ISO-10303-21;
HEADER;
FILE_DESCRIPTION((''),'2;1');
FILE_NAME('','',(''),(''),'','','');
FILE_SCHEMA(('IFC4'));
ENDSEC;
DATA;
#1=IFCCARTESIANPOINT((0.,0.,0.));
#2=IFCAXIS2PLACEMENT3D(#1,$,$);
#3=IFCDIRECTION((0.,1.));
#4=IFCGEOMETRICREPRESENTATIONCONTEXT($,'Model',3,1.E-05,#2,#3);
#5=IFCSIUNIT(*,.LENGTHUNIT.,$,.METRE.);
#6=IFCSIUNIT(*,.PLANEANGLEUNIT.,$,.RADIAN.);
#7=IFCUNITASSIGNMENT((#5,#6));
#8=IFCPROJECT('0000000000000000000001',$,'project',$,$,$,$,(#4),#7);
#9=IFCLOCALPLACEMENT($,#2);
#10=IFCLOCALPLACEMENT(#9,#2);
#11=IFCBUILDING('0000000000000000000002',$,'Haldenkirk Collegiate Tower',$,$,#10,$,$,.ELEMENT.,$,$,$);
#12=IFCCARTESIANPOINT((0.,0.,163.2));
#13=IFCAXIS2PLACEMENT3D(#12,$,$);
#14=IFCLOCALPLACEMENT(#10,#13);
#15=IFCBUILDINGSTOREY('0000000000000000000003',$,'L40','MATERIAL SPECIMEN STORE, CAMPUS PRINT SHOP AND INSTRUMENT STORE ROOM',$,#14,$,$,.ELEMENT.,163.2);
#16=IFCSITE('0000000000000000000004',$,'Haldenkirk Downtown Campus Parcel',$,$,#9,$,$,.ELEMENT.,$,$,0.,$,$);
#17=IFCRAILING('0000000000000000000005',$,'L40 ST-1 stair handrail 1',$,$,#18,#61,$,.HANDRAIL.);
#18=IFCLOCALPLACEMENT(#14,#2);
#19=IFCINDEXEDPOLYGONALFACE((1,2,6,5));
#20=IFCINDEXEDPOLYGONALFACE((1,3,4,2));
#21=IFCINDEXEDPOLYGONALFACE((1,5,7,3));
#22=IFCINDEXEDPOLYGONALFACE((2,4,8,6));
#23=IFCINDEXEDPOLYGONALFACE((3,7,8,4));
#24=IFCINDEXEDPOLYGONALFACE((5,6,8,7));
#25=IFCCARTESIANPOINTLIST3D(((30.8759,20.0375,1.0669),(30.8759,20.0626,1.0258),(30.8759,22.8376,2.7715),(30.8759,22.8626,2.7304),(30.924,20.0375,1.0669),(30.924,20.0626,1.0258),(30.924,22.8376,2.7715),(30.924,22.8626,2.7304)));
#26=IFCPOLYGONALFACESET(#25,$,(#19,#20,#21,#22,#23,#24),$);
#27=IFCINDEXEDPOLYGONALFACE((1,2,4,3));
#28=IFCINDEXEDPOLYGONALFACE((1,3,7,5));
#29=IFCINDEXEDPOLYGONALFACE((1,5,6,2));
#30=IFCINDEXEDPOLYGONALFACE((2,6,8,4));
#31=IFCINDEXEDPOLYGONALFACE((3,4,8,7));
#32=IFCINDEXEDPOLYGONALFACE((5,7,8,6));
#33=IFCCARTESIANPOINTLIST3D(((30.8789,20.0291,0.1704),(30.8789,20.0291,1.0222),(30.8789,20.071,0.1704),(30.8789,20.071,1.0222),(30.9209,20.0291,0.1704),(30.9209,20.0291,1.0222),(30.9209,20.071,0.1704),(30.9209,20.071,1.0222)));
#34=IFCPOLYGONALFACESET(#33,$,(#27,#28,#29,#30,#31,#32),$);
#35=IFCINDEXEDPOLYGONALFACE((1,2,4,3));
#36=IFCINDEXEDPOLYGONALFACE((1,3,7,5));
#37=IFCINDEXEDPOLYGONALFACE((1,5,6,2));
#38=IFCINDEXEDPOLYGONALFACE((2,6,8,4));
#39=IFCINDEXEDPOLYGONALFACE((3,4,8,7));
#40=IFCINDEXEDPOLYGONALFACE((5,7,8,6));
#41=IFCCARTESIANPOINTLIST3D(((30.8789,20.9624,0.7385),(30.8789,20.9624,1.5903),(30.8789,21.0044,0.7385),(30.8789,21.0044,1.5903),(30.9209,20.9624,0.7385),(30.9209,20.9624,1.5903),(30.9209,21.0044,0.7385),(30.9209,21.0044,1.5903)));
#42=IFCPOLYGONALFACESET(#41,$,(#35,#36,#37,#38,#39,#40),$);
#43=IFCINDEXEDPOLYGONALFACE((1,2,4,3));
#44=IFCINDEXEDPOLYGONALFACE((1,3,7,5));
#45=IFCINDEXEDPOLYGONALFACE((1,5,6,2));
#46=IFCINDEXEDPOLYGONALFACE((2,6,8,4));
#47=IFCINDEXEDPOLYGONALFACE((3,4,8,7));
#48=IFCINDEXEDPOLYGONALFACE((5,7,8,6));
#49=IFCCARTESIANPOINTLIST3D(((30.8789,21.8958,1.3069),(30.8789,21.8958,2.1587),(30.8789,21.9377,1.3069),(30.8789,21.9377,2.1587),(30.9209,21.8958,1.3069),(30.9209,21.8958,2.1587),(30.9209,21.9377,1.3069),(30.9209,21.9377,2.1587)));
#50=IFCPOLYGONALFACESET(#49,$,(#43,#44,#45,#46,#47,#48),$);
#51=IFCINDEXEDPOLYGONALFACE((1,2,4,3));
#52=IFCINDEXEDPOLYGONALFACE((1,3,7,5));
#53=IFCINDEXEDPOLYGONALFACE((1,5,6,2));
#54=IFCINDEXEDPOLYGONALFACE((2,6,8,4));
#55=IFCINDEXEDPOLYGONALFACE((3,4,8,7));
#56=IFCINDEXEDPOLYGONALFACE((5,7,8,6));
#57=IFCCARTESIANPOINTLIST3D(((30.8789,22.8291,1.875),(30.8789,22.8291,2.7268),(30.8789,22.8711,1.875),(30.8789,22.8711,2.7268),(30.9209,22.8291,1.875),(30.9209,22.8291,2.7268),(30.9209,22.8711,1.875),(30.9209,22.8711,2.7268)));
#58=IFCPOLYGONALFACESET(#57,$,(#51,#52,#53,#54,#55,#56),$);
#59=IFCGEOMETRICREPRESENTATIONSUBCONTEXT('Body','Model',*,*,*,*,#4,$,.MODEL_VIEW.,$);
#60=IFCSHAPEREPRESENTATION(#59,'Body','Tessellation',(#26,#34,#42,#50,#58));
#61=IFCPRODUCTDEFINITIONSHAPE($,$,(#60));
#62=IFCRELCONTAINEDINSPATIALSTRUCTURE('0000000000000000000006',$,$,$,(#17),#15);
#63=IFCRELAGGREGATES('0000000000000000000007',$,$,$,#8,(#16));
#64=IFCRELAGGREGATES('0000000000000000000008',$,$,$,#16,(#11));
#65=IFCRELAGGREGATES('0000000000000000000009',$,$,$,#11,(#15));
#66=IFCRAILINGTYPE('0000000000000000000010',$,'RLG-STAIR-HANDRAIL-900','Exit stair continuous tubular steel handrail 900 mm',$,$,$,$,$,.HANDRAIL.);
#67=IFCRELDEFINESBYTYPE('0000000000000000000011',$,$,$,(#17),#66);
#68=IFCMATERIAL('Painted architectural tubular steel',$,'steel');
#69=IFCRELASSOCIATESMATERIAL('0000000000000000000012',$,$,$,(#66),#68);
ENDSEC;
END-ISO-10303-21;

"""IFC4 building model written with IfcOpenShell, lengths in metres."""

from ifc_helpers import new_model, si_unit, direction, frame, origin, origin_2d, place, context, subcontext, project, spatial, rectangle, extrude, material, type_object, element, save


model = new_model("IFC4")

# Units and contexts
model_context = context("Model", 3, precision=1e-05, world=origin(), true_north=direction((0.0, 1.0)))
body_context = subcontext(model_context, "Body", "Model", "MODEL_VIEW")
ifc_project = project(units=[si_unit("LENGTHUNIT", "METRE"), si_unit("PLANEANGLEUNIT", "RADIAN")], contexts=[model_context])

# Site, building, storey
site_placement = place(None, origin())
site = spatial("IfcSite", under=ifc_project, at=site_placement, Name="Haldenkirk Downtown Campus Parcel", CompositionType="ELEMENT", RefElevation=0.0)
building_placement = place(site_placement, origin())
building = spatial("IfcBuilding", under=site, at=building_placement, Name="Haldenkirk Collegiate Tower", CompositionType="ELEMENT")
storey_placement = place(building_placement, frame((0.0, 0.0, 163.2)))
storey = spatial("IfcBuildingStorey", under=building, at=storey_placement, Name="L40", Description="MATERIAL SPECIMEN STORE, CAMPUS PRINT SHOP AND INSTRUMENT STORE ROOM", CompositionType="ELEMENT", Elevation=163.2)

# Railing
ifc_material_1 = material(Name="Painted architectural tubular steel", Category="steel")
railing_type_1 = type_object("IfcRailingType", Name="RLG-STAIR-HANDRAIL-900", Description="Exit stair continuous tubular steel handrail 900 mm", PredefinedType="HANDRAIL", material=ifc_material_1)
railing_1_placement = place(storey_placement, frame((30.8999, 20.05, 0.1704)))
element("IfcRailing", 1, at=railing_1_placement, inside=storey, type_object=railing_type_1, Name="L40 ST-1 stair handrail 1", PredefinedType="HANDRAIL", context=body_context, shape_type="SweptSolid", body=[
    extrude(rectangle(XDim=0.0481, YDim=0.0481, at=origin_2d()), frame((0.0, 0.0, 0.876), z_axis=(0.0, 0.85417, 0.519994), x_axis=(-1.0, 0.0, 0.0)), (0.0, 0.0, 1.0), 3.2781),
    extrude(rectangle(XDim=0.042, YDim=0.042, at=origin_2d()), origin(), (0.0, 0.0, 1.0), 0.8518),
    extrude(rectangle(XDim=0.042, YDim=0.042, at=origin_2d()), frame((0.0, 0.9333, 0.5681)), (0.0, 0.0, 1.0), 0.8518),
    extrude(rectangle(XDim=0.042, YDim=0.042, at=origin_2d()), frame((0.0, 1.8667, 1.1365)), (0.0, 0.0, 1.0), 0.8518),
    extrude(rectangle(XDim=0.042, YDim=0.042, at=origin_2d()), frame((0.0, 2.8, 1.7046)), (0.0, 0.0, 1.0), 0.8518),
])

save(model, "model.ifc")
